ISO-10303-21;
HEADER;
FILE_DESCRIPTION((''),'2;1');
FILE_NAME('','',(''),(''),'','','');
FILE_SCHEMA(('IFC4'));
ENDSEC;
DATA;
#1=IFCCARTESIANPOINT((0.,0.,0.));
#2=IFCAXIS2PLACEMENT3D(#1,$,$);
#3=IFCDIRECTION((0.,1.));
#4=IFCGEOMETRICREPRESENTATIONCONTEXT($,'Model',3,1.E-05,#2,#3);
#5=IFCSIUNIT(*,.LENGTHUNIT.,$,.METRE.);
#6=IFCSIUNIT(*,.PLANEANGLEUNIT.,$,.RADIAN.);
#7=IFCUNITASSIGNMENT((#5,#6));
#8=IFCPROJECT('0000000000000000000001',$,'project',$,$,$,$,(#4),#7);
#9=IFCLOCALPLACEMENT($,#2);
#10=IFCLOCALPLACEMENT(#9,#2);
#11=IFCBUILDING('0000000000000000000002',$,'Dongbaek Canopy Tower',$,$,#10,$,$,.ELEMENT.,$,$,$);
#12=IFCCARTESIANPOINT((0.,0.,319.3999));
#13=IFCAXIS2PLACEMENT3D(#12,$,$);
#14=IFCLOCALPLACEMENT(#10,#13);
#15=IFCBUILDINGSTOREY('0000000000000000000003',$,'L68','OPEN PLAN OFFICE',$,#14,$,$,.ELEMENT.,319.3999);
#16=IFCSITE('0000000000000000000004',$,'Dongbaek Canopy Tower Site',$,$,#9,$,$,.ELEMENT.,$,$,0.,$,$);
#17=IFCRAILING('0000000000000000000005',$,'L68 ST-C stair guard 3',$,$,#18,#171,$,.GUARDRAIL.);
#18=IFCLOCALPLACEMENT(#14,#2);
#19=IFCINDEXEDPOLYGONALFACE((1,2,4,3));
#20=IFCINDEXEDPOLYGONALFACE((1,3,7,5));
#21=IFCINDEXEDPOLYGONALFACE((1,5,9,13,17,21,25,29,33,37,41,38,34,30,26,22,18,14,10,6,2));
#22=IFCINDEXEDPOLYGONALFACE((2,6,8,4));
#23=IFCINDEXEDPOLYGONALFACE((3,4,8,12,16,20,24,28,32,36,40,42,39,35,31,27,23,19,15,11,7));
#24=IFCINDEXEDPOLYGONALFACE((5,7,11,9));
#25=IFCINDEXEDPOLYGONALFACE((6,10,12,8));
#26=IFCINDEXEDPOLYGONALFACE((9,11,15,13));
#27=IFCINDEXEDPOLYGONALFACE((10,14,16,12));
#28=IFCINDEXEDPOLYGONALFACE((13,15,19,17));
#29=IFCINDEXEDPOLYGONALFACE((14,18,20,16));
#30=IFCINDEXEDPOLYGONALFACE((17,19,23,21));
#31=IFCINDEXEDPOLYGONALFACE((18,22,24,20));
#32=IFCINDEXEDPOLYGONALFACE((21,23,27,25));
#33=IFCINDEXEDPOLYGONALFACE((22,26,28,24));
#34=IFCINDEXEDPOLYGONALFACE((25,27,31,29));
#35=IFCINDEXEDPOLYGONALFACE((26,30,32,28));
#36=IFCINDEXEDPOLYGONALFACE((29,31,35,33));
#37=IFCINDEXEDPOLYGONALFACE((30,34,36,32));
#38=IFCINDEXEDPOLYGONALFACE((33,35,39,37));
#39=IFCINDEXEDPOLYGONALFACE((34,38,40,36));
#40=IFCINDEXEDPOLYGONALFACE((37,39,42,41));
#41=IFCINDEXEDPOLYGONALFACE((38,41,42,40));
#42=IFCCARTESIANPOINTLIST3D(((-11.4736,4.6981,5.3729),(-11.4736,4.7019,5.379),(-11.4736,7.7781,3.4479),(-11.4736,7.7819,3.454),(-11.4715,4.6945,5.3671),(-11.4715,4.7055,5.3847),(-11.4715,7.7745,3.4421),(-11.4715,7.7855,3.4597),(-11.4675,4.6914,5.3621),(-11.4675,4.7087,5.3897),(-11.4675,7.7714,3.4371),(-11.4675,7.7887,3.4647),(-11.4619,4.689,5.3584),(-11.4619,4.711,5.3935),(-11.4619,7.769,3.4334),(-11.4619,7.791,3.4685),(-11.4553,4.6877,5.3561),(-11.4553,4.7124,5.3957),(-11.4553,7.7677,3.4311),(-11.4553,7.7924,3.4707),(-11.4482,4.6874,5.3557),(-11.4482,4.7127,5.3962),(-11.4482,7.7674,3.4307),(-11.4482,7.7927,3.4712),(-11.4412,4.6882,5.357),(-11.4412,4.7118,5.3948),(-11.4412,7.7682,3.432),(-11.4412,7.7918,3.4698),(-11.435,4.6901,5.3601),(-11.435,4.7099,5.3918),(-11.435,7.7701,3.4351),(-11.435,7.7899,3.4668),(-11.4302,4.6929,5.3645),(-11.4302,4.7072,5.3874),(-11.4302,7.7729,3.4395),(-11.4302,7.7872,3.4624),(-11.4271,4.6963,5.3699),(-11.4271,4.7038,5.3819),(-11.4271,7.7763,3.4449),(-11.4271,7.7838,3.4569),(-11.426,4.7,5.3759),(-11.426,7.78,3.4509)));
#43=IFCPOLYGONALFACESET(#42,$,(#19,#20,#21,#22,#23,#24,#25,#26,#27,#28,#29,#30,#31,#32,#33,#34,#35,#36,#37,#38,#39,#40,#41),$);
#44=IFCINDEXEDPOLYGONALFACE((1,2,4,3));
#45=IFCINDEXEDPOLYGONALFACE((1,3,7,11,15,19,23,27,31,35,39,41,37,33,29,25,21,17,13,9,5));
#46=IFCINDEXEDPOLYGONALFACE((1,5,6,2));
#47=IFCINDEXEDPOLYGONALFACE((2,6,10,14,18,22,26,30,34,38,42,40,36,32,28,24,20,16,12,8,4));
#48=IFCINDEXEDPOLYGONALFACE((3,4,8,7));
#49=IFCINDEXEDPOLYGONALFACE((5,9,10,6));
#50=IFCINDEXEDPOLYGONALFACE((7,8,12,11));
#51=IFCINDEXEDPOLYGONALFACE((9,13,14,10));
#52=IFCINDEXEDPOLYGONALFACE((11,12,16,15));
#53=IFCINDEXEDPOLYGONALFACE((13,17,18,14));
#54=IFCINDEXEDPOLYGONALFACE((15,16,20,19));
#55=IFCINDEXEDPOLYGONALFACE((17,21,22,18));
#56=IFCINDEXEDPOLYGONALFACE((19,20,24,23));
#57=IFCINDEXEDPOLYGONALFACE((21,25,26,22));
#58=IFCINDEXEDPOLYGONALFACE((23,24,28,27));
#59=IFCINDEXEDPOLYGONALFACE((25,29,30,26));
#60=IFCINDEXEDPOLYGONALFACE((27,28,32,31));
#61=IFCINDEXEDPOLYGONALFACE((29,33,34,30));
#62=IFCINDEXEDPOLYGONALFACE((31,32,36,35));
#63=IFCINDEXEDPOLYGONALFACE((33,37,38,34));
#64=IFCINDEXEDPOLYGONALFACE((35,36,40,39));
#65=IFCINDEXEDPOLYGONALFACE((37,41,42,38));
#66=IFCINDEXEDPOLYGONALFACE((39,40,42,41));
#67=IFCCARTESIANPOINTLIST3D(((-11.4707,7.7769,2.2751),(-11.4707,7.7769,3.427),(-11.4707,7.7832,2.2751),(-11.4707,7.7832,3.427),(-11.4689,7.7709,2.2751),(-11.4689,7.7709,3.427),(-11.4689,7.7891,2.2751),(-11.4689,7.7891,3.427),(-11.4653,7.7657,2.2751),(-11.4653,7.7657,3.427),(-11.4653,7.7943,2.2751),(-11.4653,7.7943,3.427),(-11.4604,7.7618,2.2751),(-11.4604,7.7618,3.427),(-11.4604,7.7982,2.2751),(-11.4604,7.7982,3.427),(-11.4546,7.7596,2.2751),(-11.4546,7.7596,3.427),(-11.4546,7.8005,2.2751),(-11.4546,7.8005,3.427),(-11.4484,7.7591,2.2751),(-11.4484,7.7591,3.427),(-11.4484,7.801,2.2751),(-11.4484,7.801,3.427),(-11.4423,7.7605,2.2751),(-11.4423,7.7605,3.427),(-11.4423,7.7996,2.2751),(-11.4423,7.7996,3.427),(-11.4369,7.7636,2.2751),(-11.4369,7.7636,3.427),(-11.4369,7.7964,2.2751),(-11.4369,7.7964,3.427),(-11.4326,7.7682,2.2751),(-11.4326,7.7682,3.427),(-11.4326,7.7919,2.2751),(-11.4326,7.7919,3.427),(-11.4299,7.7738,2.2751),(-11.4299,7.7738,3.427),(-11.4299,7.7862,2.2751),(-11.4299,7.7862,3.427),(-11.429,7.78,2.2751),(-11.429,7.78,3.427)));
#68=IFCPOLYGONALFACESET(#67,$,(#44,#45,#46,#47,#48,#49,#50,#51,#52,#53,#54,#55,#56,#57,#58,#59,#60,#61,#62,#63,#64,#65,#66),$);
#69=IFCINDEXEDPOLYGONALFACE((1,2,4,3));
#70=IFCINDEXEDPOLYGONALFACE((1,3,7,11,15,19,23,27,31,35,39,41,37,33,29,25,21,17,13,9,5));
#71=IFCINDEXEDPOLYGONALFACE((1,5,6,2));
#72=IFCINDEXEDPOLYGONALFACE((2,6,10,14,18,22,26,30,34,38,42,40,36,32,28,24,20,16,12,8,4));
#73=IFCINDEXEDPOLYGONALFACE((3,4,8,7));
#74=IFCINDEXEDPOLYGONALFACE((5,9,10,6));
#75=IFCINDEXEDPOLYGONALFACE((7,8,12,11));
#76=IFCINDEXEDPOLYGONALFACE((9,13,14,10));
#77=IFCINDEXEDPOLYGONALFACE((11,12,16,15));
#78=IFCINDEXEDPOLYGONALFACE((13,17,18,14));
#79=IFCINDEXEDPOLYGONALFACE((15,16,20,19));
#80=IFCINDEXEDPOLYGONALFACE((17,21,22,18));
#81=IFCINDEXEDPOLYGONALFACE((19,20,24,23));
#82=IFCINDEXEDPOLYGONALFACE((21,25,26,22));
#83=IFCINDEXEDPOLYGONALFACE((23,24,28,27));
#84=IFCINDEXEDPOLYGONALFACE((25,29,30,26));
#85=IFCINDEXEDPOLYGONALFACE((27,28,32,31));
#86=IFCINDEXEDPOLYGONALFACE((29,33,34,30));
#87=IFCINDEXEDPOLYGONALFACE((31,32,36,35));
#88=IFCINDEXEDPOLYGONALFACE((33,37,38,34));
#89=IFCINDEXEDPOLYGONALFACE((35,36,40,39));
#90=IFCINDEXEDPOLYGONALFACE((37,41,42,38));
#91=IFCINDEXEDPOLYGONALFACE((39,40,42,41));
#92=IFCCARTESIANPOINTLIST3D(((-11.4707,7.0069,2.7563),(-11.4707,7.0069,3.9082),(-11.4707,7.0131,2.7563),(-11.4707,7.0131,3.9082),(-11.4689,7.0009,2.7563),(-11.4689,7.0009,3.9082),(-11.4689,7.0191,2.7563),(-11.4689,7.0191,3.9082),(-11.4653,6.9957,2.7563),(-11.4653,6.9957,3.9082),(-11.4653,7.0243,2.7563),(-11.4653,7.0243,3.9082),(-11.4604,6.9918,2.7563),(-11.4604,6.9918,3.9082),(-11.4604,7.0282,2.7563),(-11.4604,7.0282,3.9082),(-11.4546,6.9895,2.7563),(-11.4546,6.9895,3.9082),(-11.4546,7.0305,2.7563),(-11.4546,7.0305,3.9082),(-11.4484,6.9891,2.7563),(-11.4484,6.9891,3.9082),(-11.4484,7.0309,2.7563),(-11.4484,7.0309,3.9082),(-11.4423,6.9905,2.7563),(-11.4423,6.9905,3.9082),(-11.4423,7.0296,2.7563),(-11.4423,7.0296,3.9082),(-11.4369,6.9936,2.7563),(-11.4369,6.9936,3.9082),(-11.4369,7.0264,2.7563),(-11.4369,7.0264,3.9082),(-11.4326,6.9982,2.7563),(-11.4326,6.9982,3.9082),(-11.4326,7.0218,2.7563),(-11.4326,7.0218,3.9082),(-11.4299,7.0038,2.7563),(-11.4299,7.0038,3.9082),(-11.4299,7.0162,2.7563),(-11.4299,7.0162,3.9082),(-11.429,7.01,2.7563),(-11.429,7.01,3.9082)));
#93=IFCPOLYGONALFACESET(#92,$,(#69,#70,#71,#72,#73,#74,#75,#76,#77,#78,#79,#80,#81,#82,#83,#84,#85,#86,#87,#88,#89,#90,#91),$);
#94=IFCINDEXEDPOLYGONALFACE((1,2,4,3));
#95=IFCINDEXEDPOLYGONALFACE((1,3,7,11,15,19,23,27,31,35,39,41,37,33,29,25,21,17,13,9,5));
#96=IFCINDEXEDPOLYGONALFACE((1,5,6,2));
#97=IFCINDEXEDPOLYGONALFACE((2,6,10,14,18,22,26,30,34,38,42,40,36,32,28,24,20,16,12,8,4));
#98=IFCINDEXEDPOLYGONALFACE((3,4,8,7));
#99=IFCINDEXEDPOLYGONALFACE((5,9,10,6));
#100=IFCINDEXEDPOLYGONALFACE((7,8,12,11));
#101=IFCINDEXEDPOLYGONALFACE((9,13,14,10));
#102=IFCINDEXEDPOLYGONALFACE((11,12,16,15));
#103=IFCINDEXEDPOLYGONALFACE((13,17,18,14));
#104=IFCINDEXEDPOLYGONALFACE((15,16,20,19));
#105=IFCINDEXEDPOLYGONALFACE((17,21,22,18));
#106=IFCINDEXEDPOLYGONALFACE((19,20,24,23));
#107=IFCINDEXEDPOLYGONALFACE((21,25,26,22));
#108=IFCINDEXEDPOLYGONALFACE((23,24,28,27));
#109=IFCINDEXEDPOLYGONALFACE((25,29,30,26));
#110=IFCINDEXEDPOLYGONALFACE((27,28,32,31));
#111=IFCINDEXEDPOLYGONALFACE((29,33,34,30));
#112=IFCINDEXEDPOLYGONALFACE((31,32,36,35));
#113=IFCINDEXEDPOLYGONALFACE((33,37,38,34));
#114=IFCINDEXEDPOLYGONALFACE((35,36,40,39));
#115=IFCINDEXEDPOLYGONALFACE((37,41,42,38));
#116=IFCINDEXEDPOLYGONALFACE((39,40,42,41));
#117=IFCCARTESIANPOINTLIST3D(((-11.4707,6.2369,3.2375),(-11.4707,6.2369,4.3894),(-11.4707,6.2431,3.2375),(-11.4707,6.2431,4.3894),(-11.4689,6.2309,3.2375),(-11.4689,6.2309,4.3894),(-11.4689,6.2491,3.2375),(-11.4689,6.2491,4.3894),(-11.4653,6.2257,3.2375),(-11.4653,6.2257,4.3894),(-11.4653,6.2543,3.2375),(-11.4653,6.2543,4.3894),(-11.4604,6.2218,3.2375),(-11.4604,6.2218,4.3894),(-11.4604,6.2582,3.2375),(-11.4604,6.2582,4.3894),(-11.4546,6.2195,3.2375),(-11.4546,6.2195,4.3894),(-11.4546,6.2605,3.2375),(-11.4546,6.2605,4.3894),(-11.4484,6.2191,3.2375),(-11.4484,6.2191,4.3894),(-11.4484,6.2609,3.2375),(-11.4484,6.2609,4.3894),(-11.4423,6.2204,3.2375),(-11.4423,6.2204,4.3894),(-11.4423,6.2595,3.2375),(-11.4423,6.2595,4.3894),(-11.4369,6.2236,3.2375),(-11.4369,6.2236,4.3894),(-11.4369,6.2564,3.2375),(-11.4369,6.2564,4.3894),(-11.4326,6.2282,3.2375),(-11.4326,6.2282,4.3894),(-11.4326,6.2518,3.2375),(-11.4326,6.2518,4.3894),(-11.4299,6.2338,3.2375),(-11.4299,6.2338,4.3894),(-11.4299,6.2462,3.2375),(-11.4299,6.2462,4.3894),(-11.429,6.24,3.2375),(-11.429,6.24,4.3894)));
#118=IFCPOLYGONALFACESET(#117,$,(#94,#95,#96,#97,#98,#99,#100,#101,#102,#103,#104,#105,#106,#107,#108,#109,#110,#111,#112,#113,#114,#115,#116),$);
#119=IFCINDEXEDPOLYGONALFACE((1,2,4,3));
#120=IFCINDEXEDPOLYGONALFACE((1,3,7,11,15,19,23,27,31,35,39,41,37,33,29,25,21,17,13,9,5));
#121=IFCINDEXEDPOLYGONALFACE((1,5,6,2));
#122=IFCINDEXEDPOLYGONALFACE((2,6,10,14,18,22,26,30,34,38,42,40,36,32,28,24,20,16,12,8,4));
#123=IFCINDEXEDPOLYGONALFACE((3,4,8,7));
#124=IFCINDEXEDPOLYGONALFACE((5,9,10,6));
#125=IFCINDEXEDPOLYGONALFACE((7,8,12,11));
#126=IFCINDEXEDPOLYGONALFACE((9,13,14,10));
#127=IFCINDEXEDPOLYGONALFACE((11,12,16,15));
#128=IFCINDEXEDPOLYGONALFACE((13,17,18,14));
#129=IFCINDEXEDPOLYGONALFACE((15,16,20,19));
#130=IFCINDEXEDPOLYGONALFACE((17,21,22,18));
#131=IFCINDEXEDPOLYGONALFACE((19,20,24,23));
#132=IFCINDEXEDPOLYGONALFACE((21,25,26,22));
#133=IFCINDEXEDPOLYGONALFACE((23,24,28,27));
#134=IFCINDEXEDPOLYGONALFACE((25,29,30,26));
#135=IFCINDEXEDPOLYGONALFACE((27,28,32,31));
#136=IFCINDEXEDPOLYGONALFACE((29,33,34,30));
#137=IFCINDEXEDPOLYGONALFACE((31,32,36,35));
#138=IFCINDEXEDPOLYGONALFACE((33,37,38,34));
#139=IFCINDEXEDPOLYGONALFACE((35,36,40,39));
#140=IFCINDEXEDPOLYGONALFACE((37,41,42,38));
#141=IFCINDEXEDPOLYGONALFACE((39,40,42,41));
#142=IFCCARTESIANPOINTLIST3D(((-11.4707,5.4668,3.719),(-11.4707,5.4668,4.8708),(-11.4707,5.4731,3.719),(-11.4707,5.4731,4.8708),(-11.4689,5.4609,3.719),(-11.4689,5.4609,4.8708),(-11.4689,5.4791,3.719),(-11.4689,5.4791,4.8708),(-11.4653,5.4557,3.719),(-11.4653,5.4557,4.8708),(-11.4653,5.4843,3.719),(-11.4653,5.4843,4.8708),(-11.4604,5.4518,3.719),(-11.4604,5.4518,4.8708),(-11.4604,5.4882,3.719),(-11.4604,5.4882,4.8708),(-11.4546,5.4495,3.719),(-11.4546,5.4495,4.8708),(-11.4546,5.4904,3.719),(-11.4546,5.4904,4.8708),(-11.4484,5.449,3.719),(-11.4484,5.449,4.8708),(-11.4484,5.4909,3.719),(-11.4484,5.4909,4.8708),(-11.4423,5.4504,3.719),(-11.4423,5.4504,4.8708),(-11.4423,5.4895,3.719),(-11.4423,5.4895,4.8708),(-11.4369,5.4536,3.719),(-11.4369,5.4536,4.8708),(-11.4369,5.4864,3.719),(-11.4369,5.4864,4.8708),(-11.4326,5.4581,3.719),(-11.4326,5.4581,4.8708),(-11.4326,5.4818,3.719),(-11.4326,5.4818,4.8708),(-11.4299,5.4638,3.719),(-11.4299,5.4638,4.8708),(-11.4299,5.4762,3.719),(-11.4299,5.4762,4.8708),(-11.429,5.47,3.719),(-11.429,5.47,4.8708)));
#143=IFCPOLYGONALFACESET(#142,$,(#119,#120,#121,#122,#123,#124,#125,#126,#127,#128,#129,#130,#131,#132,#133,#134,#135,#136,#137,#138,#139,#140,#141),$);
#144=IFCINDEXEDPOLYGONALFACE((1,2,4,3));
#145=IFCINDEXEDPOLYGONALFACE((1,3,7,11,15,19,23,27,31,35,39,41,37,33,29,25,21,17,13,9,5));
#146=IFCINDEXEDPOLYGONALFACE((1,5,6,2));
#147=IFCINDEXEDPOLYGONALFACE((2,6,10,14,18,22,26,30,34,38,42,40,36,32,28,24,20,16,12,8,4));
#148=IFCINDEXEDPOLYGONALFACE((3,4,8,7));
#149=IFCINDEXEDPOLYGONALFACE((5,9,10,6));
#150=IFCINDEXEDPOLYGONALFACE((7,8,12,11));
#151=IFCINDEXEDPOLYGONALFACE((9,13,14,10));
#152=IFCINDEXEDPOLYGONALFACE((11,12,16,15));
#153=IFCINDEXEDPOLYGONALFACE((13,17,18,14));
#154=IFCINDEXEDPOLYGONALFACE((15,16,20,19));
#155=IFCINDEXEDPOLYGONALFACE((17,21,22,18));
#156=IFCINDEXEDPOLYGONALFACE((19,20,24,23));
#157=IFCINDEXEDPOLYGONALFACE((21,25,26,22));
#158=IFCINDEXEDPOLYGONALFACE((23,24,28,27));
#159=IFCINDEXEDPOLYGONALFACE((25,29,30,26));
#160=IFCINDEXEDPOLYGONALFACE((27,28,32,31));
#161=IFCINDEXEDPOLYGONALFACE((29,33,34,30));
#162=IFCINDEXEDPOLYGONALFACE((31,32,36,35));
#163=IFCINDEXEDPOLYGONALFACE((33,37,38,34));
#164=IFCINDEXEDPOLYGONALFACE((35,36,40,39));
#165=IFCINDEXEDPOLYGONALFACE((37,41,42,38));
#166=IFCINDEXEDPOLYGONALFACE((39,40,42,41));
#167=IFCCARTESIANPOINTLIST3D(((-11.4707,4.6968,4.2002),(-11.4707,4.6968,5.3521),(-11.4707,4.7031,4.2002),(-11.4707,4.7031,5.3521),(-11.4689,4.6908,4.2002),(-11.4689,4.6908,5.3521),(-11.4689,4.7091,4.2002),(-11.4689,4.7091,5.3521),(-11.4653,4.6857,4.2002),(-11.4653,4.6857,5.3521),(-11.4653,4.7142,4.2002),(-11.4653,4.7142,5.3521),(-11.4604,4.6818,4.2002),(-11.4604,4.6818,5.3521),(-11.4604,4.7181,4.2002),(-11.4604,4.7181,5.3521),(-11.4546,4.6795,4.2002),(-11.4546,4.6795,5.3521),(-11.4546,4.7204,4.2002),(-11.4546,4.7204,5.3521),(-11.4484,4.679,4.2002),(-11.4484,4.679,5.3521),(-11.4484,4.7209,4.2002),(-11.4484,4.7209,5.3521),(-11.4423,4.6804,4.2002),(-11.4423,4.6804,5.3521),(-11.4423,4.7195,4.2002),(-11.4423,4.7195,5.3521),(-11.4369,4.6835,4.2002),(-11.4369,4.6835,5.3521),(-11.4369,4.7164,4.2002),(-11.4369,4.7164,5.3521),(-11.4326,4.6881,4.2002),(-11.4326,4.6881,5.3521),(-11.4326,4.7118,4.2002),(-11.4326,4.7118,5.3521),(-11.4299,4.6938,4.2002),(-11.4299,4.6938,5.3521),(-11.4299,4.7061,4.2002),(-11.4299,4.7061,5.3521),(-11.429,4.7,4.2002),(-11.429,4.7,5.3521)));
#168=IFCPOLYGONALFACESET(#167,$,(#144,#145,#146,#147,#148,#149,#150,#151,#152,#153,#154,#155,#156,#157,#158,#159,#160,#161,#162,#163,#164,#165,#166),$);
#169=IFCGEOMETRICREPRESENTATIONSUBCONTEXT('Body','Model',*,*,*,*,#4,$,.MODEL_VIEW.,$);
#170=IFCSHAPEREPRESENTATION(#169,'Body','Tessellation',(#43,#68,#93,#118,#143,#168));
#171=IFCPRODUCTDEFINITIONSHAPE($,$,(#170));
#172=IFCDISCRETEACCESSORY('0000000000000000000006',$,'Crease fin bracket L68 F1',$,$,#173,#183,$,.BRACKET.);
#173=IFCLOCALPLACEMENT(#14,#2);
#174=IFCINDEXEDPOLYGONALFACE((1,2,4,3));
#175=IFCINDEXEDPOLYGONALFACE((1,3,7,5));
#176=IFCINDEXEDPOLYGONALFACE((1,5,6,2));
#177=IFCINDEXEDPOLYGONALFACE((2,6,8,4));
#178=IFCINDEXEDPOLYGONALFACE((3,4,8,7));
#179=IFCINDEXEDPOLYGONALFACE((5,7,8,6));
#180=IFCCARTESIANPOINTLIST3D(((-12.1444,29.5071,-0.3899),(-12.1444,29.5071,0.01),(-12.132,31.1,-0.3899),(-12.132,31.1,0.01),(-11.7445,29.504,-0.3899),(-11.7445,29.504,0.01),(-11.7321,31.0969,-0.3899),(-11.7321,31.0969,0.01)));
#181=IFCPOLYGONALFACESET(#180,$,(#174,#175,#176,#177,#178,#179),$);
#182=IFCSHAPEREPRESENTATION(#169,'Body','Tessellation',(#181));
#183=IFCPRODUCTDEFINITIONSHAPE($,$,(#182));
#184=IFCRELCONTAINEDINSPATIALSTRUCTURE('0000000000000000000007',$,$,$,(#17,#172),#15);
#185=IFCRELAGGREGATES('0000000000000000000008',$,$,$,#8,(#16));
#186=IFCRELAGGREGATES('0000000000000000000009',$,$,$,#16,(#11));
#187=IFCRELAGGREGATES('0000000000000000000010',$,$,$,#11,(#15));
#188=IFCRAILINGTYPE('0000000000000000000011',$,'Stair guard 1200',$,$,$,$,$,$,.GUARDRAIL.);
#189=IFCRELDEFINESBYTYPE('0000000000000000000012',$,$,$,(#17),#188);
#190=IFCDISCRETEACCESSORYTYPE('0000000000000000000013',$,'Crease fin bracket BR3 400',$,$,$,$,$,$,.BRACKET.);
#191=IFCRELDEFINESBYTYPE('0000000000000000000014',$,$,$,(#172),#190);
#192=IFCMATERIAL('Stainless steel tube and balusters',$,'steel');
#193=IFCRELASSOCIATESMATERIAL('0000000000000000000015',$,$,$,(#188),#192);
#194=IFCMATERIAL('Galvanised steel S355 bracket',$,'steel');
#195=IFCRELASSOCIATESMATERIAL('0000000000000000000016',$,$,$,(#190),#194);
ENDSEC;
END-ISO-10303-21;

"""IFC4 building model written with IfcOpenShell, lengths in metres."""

from ifc_helpers import new_model, si_unit, direction, frame, origin, origin_2d, place, context, subcontext, project, spatial, rectangle, circle, extrude, material, type_object, element, save


model = new_model("IFC4")

# Units and contexts
model_context = context("Model", 3, precision=1e-05, world=origin(), true_north=direction((0.0, 1.0)))
body_context = subcontext(model_context, "Body", "Model", "MODEL_VIEW")
ifc_project = project(units=[si_unit("LENGTHUNIT", "METRE"), si_unit("PLANEANGLEUNIT", "RADIAN")], contexts=[model_context])

# Site, building, storey
site_placement = place(None, origin())
site = spatial("IfcSite", under=ifc_project, at=site_placement, Name="Dongbaek Canopy Tower Site", CompositionType="ELEMENT", RefElevation=0.0)
building_placement = place(site_placement, origin())
building = spatial("IfcBuilding", under=site, at=building_placement, Name="Dongbaek Canopy Tower", CompositionType="ELEMENT")
storey_placement = place(building_placement, frame((0.0, 0.0, 319.3999)))
storey = spatial("IfcBuildingStorey", under=building, at=storey_placement, Name="L68", Description="OPEN PLAN OFFICE", CompositionType="ELEMENT", Elevation=319.3999)

# Railing
ifc_material_1 = material(Name="Stainless steel tube and balusters", Category="steel")
railing_type = type_object("IfcRailingType", Name="Stair guard 1200", PredefinedType="GUARDRAIL", material=ifc_material_1)
railing_1_placement = place(storey_placement, frame((-11.45, 7.78, 2.2751)))
element("IfcRailing", 1, at=railing_1_placement, inside=storey, type_object=railing_type, Name="L68 ST-C stair guard 3", PredefinedType="GUARDRAIL", context=body_context, shape_type="SweptSolid", body=[
    extrude(circle(Radius=0.0239, at=origin_2d()), frame((0.0, 0.0, 1.1758), z_axis=(0.0, -0.847998, 0.529999), x_axis=(1.0, 0.0, 0.0)), (0.0, 0.0, 1.0), 3.6321),
    extrude(circle(Radius=0.021, at=origin_2d()), origin(), (0.0, 0.0, 1.0), 1.1519),
    extrude(circle(Radius=0.021, at=origin_2d()), frame((0.0, -0.77, 0.4812)), (0.0, 0.0, 1.0), 1.1519),
    extrude(circle(Radius=0.021, at=origin_2d()), frame((0.0, -1.54, 0.9624)), (0.0, 0.0, 1.0), 1.1519),
    extrude(circle(Radius=0.021, at=origin_2d()), frame((0.0, -2.3101, 1.4438)), (0.0, 0.0, 1.0), 1.1519),
    extrude(circle(Radius=0.021, at=origin_2d()), frame((0.0, -3.0801, 1.925)), (0.0, 0.0, 1.0), 1.1519),
])

# Discrete accessory
ifc_material_2 = material(Name="Galvanised steel S355 bracket", Category="steel")
discrete_accessory_type = type_object("IfcDiscreteAccessoryType", Name="Crease fin bracket BR3 400", PredefinedType="BRACKET", material=ifc_material_2)
discrete_accessory_placement = place(storey_placement, frame((-11.9382, 30.302, -0.3899), z_axis=(0.0, 0.0, 1.0), x_axis=(0.007782, 0.99997, 0.0)))
element("IfcDiscreteAccessory", 2, at=discrete_accessory_placement, inside=storey, type_object=discrete_accessory_type, Name="Crease fin bracket L68 F1", PredefinedType="BRACKET", context=body_context, shape_type="SweptSolid", body=[
    extrude(rectangle(XDim=1.593, YDim=0.3999, at=origin_2d()), origin(), (0.0, 0.0, 1.0), 0.3999),
])

save(model, "model.ifc")
